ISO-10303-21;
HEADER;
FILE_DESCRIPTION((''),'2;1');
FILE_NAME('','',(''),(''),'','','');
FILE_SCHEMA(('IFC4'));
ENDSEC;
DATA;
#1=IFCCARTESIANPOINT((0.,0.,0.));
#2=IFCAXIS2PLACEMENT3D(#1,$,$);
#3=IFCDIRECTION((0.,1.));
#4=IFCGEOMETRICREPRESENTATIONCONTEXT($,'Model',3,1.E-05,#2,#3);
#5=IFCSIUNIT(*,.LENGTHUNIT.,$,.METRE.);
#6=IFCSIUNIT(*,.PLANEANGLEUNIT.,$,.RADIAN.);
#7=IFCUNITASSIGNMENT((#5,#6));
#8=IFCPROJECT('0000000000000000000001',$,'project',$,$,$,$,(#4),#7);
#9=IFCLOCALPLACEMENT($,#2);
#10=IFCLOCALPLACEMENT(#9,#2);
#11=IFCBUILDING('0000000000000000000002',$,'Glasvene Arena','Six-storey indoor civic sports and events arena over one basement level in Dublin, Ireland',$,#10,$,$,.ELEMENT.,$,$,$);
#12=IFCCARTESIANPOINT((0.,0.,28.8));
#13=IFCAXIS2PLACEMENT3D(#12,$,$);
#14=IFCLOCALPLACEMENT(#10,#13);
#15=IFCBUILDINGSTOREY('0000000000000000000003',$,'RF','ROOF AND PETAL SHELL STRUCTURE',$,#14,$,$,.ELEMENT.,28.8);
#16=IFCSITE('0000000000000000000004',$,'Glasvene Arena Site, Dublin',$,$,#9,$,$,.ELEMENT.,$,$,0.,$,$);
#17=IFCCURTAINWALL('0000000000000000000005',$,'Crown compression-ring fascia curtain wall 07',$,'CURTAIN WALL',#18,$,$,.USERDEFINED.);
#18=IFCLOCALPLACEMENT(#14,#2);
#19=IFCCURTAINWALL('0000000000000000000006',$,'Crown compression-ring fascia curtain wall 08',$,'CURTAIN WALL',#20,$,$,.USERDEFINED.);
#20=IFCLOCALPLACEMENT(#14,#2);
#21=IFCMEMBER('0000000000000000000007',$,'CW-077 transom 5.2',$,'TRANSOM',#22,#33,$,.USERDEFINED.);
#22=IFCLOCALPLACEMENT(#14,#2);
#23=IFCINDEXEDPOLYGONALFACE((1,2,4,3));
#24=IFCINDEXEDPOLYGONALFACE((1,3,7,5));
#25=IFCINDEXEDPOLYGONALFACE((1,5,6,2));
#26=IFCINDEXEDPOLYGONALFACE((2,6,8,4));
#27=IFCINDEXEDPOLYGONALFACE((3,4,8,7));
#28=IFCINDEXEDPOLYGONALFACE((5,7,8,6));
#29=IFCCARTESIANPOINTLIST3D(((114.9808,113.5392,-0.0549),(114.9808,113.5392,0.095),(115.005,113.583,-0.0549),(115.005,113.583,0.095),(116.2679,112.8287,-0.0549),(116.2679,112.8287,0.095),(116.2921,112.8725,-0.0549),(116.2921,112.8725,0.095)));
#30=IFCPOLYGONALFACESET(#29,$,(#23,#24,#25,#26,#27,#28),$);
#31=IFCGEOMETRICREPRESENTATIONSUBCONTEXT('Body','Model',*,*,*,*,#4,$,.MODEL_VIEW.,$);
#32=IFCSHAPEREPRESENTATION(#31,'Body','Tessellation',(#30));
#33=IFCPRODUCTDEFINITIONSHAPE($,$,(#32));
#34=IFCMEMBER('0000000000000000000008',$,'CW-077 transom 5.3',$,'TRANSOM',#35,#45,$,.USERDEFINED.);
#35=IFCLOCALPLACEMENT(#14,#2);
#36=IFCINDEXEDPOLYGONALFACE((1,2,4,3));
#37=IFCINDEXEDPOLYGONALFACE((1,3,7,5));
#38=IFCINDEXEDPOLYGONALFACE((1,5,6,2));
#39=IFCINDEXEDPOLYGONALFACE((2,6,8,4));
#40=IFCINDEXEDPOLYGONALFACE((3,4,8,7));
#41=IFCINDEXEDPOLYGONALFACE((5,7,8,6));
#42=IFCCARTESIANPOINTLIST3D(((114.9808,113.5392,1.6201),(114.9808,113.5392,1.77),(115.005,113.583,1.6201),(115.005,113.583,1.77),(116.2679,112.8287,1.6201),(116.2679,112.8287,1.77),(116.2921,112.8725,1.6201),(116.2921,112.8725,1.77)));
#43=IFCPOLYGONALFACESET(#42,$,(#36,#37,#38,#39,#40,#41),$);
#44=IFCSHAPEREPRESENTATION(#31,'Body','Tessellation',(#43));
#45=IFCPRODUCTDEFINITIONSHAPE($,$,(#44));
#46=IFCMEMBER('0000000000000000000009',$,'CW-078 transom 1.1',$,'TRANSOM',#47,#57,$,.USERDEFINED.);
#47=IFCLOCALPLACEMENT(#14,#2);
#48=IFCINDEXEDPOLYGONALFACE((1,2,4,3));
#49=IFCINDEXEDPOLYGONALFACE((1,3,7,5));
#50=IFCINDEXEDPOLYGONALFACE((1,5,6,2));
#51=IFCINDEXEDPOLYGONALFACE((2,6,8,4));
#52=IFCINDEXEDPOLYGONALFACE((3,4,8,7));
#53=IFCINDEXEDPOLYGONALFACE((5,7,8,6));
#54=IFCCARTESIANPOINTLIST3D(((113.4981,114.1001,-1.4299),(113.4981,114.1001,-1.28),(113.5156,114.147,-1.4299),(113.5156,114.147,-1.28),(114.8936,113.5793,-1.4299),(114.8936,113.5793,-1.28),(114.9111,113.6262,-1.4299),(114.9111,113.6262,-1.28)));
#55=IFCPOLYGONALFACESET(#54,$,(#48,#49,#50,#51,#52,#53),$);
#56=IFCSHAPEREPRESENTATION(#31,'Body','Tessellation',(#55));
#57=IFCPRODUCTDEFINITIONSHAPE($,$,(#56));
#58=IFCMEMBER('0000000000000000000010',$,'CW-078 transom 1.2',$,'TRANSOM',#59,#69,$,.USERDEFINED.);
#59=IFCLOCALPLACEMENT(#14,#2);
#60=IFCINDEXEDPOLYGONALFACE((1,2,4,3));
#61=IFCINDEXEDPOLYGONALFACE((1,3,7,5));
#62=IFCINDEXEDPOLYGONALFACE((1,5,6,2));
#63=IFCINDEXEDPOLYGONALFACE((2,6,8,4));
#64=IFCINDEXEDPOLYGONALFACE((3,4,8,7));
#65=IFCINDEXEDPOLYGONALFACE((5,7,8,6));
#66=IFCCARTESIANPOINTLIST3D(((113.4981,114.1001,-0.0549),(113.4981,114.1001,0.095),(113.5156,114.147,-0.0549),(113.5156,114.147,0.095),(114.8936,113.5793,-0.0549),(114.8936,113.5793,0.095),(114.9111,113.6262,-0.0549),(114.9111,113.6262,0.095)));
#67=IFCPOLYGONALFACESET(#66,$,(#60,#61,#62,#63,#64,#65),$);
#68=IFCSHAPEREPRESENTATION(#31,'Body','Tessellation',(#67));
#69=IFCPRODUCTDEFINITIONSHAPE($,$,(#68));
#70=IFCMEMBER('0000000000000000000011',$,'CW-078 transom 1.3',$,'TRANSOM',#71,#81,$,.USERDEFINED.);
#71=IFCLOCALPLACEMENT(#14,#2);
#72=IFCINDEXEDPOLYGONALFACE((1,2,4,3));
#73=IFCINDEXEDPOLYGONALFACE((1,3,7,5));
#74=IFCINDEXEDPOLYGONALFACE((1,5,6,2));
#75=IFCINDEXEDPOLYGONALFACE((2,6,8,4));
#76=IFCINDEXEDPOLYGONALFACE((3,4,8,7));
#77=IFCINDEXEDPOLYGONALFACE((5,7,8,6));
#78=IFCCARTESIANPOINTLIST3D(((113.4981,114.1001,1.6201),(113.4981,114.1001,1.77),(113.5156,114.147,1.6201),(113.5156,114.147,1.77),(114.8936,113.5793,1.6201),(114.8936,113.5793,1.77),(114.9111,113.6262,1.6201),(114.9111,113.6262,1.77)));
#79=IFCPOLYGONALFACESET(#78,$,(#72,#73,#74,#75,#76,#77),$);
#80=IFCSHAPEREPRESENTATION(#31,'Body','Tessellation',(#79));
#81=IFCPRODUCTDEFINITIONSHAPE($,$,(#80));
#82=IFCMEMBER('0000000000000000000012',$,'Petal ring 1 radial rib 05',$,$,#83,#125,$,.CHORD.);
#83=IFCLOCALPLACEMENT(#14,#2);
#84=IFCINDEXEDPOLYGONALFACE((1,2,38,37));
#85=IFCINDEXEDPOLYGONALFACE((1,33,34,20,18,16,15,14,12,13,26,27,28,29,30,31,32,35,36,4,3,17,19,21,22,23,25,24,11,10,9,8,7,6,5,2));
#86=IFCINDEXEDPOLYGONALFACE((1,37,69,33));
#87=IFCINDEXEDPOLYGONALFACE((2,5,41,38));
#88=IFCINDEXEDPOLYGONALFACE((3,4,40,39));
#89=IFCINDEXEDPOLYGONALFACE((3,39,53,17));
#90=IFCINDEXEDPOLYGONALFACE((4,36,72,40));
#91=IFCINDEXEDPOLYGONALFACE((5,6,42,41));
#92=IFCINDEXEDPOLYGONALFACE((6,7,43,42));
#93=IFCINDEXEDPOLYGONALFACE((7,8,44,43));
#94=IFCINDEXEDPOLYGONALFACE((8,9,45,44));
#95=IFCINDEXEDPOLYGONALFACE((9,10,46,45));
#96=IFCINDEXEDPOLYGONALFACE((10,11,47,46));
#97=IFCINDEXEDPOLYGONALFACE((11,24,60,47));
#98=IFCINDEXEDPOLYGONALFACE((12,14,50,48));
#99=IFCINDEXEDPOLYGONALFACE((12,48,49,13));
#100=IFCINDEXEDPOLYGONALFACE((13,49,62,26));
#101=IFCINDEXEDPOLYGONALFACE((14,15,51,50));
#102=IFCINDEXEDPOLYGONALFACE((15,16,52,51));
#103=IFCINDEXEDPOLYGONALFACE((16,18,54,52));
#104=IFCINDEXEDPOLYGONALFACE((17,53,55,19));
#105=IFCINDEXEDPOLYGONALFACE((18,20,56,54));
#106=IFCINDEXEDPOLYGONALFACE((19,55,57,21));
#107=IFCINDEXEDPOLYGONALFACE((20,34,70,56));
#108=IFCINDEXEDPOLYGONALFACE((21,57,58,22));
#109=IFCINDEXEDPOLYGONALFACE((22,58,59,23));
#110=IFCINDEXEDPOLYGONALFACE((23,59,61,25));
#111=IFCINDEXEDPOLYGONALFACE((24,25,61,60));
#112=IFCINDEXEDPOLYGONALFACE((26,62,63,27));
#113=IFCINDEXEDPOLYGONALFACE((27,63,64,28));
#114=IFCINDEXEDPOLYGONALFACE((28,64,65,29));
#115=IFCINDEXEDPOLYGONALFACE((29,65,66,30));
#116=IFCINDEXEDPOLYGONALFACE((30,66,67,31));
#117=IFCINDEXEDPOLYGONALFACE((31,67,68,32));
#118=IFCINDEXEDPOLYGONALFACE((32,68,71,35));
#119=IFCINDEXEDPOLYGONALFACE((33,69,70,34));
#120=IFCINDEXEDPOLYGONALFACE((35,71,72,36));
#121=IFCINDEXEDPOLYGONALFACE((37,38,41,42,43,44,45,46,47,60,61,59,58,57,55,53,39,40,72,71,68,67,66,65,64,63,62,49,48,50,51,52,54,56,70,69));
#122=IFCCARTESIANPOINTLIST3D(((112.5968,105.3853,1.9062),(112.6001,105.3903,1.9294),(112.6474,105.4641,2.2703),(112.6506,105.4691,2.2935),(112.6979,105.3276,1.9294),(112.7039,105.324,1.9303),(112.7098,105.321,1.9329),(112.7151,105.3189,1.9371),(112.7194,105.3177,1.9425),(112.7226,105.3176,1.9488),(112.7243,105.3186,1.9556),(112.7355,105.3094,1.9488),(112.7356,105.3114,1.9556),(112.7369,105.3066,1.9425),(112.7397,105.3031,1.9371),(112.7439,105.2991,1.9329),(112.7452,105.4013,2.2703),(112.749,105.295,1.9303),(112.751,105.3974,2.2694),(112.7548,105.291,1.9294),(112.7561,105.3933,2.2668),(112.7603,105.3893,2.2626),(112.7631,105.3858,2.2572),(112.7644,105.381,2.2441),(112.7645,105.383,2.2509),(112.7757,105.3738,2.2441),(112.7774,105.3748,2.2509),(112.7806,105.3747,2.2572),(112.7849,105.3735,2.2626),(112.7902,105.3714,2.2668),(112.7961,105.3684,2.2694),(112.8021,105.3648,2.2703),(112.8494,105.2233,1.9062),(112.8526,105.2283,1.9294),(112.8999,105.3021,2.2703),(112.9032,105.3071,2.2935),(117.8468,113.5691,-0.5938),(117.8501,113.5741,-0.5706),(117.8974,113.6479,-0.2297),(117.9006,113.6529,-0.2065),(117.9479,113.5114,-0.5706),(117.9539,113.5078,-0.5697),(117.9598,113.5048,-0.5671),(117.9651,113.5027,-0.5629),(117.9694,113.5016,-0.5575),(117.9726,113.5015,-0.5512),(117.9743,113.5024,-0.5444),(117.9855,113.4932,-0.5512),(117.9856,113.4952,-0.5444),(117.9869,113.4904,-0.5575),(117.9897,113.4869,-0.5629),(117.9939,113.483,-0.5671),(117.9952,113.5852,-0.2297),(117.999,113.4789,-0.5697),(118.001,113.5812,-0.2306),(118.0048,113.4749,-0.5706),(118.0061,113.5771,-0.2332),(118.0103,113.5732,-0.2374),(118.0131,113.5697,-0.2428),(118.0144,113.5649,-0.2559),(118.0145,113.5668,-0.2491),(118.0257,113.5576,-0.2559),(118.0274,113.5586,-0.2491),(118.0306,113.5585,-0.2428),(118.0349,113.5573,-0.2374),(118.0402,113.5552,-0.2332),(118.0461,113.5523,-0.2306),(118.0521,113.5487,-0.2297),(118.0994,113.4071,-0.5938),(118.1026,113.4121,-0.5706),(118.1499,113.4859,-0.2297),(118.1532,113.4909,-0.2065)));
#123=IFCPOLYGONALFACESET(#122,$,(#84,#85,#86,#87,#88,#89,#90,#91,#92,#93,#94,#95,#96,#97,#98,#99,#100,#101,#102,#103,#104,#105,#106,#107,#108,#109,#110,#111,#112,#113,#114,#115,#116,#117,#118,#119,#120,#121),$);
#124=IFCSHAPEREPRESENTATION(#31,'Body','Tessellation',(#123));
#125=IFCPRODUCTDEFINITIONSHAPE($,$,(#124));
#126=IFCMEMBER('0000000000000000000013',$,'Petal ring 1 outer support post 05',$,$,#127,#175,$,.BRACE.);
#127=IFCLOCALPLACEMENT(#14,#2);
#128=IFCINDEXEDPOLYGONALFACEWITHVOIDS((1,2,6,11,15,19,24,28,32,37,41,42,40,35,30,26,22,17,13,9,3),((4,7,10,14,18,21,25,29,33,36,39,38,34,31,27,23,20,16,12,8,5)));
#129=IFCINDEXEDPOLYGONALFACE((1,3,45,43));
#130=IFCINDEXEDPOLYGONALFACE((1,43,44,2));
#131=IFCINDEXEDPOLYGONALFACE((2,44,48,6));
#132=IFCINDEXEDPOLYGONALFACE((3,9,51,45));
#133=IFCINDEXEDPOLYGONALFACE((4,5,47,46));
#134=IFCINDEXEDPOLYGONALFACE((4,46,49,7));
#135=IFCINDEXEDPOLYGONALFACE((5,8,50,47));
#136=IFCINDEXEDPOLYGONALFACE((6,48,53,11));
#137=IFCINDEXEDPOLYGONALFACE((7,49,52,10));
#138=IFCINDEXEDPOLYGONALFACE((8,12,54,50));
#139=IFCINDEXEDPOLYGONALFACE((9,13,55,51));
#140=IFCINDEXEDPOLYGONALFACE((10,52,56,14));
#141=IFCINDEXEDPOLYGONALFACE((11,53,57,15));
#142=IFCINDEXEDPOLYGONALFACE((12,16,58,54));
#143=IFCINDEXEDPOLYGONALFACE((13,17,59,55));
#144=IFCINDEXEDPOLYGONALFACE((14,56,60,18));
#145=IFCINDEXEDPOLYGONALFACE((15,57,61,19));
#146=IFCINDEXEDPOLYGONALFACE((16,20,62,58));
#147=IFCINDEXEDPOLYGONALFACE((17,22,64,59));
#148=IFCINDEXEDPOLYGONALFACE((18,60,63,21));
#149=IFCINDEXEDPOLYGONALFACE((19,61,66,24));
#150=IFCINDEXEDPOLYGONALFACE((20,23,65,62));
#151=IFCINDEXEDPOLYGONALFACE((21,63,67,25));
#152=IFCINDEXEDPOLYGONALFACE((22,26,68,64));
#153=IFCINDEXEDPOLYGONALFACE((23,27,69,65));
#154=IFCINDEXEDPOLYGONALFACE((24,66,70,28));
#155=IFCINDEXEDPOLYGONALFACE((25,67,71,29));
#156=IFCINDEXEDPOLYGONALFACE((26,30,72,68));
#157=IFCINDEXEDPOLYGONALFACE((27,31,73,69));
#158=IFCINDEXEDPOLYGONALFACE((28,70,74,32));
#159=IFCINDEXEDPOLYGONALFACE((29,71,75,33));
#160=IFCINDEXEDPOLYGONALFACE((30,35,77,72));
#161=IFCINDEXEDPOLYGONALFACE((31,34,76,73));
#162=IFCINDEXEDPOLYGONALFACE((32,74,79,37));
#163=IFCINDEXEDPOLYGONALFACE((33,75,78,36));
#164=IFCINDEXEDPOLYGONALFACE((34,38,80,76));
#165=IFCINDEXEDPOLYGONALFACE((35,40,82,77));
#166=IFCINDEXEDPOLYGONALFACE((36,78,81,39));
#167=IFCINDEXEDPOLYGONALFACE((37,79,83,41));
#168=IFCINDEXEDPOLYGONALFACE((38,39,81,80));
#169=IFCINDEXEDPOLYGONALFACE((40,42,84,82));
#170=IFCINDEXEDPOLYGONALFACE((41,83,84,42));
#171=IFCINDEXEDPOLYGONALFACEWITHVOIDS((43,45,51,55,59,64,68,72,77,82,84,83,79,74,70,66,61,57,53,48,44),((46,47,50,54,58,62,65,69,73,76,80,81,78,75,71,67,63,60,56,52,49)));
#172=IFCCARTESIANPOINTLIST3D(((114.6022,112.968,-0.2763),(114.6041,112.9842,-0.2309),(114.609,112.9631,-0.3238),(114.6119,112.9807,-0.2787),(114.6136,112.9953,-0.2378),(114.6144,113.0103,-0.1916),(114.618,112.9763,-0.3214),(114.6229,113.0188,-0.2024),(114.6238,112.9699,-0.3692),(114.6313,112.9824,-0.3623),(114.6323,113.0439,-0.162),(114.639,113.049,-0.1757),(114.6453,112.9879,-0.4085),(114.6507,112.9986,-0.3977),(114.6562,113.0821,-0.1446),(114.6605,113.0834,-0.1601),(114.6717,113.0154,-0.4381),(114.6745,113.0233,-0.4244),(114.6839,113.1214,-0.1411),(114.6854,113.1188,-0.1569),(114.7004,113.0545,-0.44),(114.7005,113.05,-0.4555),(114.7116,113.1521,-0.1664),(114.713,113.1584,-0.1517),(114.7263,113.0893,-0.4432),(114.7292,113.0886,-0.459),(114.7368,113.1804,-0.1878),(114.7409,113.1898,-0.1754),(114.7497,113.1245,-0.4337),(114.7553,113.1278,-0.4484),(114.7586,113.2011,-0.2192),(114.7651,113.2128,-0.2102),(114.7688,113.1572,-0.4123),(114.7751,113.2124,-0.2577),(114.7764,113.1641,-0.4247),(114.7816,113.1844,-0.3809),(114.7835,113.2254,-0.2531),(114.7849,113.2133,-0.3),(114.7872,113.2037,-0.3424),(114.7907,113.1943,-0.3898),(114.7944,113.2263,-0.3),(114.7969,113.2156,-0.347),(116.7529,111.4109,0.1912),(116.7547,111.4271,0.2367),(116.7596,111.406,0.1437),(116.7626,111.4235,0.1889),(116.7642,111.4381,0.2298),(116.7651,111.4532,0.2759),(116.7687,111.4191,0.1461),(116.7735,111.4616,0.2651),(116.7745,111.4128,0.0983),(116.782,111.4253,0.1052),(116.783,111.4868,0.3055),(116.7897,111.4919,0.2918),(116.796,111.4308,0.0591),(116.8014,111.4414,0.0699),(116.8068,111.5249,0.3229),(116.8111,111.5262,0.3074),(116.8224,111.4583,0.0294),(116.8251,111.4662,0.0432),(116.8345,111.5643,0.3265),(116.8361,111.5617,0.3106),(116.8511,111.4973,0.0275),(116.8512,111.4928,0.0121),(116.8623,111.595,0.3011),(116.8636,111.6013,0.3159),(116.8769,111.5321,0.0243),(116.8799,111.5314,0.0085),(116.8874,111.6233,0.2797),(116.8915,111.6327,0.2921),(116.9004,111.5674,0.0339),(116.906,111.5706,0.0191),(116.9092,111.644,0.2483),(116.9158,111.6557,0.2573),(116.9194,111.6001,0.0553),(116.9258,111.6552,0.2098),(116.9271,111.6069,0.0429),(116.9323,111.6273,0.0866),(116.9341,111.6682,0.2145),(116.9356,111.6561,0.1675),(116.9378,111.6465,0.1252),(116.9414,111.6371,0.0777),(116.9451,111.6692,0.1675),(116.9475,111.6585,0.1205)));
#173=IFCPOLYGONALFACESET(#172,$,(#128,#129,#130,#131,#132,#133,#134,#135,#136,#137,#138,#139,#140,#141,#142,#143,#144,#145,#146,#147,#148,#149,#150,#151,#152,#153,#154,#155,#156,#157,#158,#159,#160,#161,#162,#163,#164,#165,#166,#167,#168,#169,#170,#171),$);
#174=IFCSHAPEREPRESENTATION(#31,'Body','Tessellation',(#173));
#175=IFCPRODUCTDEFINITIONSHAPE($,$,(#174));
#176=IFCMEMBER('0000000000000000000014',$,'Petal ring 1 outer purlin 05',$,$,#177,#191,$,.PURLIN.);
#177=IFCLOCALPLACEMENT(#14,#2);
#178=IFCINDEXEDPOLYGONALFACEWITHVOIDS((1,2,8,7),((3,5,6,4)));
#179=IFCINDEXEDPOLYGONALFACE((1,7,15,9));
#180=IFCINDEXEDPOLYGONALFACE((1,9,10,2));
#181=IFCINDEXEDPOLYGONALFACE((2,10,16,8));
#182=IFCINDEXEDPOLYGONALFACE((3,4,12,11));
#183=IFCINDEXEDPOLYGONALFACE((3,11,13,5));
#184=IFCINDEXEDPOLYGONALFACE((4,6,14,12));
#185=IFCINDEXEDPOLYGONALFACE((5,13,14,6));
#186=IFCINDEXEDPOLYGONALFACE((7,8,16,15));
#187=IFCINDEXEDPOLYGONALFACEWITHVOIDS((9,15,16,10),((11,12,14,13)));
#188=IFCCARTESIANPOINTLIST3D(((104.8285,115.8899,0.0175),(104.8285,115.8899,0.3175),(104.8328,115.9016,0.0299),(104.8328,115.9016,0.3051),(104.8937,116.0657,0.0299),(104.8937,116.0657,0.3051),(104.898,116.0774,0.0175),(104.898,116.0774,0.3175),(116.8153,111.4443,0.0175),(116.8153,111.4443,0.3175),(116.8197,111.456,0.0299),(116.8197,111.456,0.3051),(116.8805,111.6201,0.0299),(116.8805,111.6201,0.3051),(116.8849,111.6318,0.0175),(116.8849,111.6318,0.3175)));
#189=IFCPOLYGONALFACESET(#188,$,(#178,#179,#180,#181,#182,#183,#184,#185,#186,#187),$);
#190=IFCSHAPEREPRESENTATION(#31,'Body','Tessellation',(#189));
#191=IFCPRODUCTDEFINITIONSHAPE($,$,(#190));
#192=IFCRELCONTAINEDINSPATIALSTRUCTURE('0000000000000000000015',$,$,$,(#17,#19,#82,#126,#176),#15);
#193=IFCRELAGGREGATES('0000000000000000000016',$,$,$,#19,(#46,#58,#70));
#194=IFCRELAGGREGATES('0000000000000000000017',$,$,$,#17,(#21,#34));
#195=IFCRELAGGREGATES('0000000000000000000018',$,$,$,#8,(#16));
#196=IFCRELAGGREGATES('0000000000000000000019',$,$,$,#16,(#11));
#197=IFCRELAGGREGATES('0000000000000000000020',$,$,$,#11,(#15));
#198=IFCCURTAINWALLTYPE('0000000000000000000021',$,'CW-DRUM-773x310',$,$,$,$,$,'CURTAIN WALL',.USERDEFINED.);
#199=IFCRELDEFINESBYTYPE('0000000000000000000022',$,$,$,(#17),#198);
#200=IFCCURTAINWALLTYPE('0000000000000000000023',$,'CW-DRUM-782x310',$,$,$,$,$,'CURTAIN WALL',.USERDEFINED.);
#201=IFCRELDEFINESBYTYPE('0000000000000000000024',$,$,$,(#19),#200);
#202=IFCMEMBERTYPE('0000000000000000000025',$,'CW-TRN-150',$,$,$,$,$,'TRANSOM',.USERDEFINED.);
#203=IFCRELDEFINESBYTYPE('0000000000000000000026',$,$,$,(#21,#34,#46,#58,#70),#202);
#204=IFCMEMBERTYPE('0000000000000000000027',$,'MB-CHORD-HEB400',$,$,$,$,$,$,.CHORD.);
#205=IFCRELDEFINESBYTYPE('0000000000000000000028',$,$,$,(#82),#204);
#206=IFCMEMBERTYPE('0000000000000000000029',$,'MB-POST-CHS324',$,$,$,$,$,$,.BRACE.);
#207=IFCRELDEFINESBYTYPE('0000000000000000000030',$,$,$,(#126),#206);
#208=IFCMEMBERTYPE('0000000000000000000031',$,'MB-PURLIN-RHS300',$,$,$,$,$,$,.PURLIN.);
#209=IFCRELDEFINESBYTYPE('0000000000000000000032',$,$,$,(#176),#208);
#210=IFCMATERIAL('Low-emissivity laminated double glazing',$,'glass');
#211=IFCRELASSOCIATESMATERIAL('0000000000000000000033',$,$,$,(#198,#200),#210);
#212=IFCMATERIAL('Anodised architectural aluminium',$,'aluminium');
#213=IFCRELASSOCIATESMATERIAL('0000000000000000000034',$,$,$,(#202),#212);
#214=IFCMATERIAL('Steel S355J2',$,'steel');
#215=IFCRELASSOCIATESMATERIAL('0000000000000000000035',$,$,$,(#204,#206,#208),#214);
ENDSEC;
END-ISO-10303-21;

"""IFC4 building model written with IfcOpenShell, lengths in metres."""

from ifc_helpers import new_model, si_unit, direction, frame, origin, origin_2d, place, context, subcontext, project, spatial, rectangle, hollow_rectangle, hollow_circle, i_section, extrude, material, material_profile, profile_set, type_object, element, aggregate, save


model = new_model("IFC4")

# Units and contexts
model_context = context("Model", 3, precision=1e-05, world=origin(), true_north=direction((0.0, 1.0)))
body_context = subcontext(model_context, "Body", "Model", "MODEL_VIEW")
ifc_project = project(units=[si_unit("LENGTHUNIT", "METRE"), si_unit("PLANEANGLEUNIT", "RADIAN")], contexts=[model_context])

# Site, building, storey
site_placement = place(None, origin())
site = spatial("IfcSite", under=ifc_project, at=site_placement, Name="Glasvene Arena Site, Dublin", CompositionType="ELEMENT", RefElevation=0.0)
building_placement = place(site_placement, origin())
building = spatial("IfcBuilding", under=site, at=building_placement, Name="Glasvene Arena", Description="Six-storey indoor civic sports and events arena over one basement level in Dublin, Ireland", CompositionType="ELEMENT")
storey_placement = place(building_placement, frame((0.0, 0.0, 28.8)))
storey = spatial("IfcBuildingStorey", under=building, at=storey_placement, Name="RF", Description="ROOF AND PETAL SHELL STRUCTURE", CompositionType="ELEMENT", Elevation=28.8)

# Shared definitions
ifc_material_1 = material(Name="Steel S355J2", Category="steel")

# Curtain wall
ifc_material_2 = material(Name="Low-emissivity laminated double glazing", Category="glass")
curtain_wall_type_1 = type_object("IfcCurtainWallType", Name="CW-DRUM-773x310", ElementType="CURTAIN WALL", PredefinedType="USERDEFINED", material=ifc_material_2)
curtain_wall_1_placement = place(storey_placement, frame((121.7124, 109.8506, 0.0)))
curtain_wall_1 = element("IfcCurtainWall", 1, at=curtain_wall_1_placement, inside=storey, type_object=curtain_wall_type_1, Name="Crown compression-ring fascia curtain wall 07", ObjectType="CURTAIN WALL", PredefinedType="USERDEFINED")
ifc_material_3 = material(Name="Anodised architectural aluminium", Category="aluminium")

# Curtain wall
curtain_wall_type_2 = type_object("IfcCurtainWallType", Name="CW-DRUM-782x310", ElementType="CURTAIN WALL", PredefinedType="USERDEFINED", material=ifc_material_2)
curtain_wall_2_placement = place(storey_placement, frame((114.9492, 113.5852, 0.0)))
curtain_wall_2 = element("IfcCurtainWall", 2, at=curtain_wall_2_placement, inside=storey, type_object=curtain_wall_type_2, Name="Crown compression-ring fascia curtain wall 08", ObjectType="CURTAIN WALL", PredefinedType="USERDEFINED")

# Members
ifc_material_profile_1 = material_profile(ifc_material_3, rectangle(XDim=0.05, YDim=0.1499, at=origin_2d()), Name="ALU TRANSOM 50x150")
ifc_profile_set_1 = profile_set([ifc_material_profile_1], Name="Anodised architectural aluminium")
member_type_1 = type_object("IfcMemberType", Name="CW-TRN-150", ElementType="TRANSOM", PredefinedType="USERDEFINED", material=ifc_profile_set_1)
member_1_placement = place(storey_placement, frame((116.28, 112.8506, 0.02), z_axis=(-0.875486, 0.483244, 0.0), x_axis=(-0.483244, -0.875486, 0.0)))
member_1 = element("IfcMember", 3, at=member_1_placement, type_object=member_type_1, Name="CW-077 transom 5.2", ObjectType="TRANSOM", PredefinedType="USERDEFINED", context=body_context, shape_type="SweptSolid", body=[
    extrude(rectangle(XDim=0.05, YDim=0.1499, at=origin_2d()), origin(), (0.0, 0.0, 1.0), 1.4702),
])
member_2_placement = place(storey_placement, frame((116.28, 112.8506, 1.6951), z_axis=(-0.875486, 0.483244, 0.0), x_axis=(-0.483244, -0.875486, 0.0)))
member_2 = element("IfcMember", 4, at=member_2_placement, type_object=member_type_1, Name="CW-077 transom 5.3", ObjectType="TRANSOM", PredefinedType="USERDEFINED", context=body_context, shape_type="SweptSolid", body=[
    extrude(rectangle(XDim=0.05, YDim=0.1499, at=origin_2d()), origin(), (0.0, 0.0, 1.0), 1.4702),
])
member_3_placement = place(storey_placement, frame((114.9023, 113.6028, -1.355), z_axis=(-0.936894, 0.349614, 0.0), x_axis=(-0.349614, -0.936894, 0.0)))
member_3 = element("IfcMember", 5, at=member_3_placement, type_object=member_type_1, Name="CW-078 transom 1.1", ObjectType="TRANSOM", PredefinedType="USERDEFINED", context=body_context, shape_type="SweptSolid", body=[
    extrude(rectangle(XDim=0.05, YDim=0.1499, at=origin_2d()), origin(), (0.0, 0.0, 1.0), 1.4895),
])
member_4_placement = place(storey_placement, frame((114.9023, 113.6028, 0.02), z_axis=(-0.936894, 0.349614, 0.0), x_axis=(-0.349614, -0.936894, 0.0)))
member_4 = element("IfcMember", 6, at=member_4_placement, type_object=member_type_1, Name="CW-078 transom 1.2", ObjectType="TRANSOM", PredefinedType="USERDEFINED", context=body_context, shape_type="SweptSolid", body=[
    extrude(rectangle(XDim=0.05, YDim=0.1499, at=origin_2d()), origin(), (0.0, 0.0, 1.0), 1.4895),
])
member_5_placement = place(storey_placement, frame((114.9023, 113.6028, 1.6951), z_axis=(-0.936894, 0.349614, 0.0), x_axis=(-0.349614, -0.936894, 0.0)))
member_5 = element("IfcMember", 7, at=member_5_placement, type_object=member_type_1, Name="CW-078 transom 1.3", ObjectType="TRANSOM", PredefinedType="USERDEFINED", context=body_context, shape_type="SweptSolid", body=[
    extrude(rectangle(XDim=0.05, YDim=0.1499, at=origin_2d()), origin(), (0.0, 0.0, 1.0), 1.4895),
])
aggregate(curtain_wall_2, [member_3, member_4, member_5])

# Members
ifc_material_profile_2 = material_profile(ifc_material_1, i_section(OverallWidth=0.3, OverallDepth=0.3999, WebThickness=0.0134, FlangeThickness=0.0239, FilletRadius=0.0271, at=origin_2d()), Name="HEB 400")
ifc_profile_set_2 = profile_set([ifc_material_profile_2], Name="Steel S355J2")
member_type_2 = type_object("IfcMemberType", Name="MB-CHORD-HEB400", PredefinedType="CHORD", material=ifc_profile_set_2)
member_6_placement = place(storey_placement, frame((118.0, 113.53, -0.4001), z_axis=(-0.522944, -0.815179, 0.249021), x_axis=(0.841695, -0.539954, 0.0)))
element("IfcMember", 8, at=member_6_placement, inside=storey, type_object=member_type_2, Name="Petal ring 1 radial rib 05", PredefinedType="CHORD", context=body_context, shape_type="SweptSolid", body=[
    extrude(i_section(OverallWidth=0.3, OverallDepth=0.3999, WebThickness=0.0134, FlangeThickness=0.0239, FilletRadius=0.0271, at=origin_2d()), origin(), (0.0, 0.0, 1.0), 10.0393),
])
ifc_material_profile_3 = material_profile(ifc_material_1, hollow_circle(Radius=0.1619, WallThickness=0.0161, at=origin_2d()), Name="CHS 323.9x16.0")
ifc_profile_set_3 = profile_set([ifc_material_profile_3], Name="Steel S355J2")
member_type_3 = type_object("IfcMemberType", Name="MB-POST-CHS324", PredefinedType="BRACE", material=ifc_profile_set_3)
member_7_placement = place(storey_placement, frame((114.6995, 113.0952, -0.3), z_axis=(0.797711, -0.577568, 0.173415), x_axis=(0.586454, 0.809983, 0.0)))
element("IfcMember", 9, at=member_7_placement, inside=storey, type_object=member_type_3, Name="Petal ring 1 outer support post 05", PredefinedType="BRACE", context=body_context, shape_type="SweptSolid", body=[
    extrude(hollow_circle(Radius=0.1619, WallThickness=0.0161, at=origin_2d()), origin(), (0.0, 0.0, 1.0), 2.696),
])
ifc_material_profile_4 = material_profile(ifc_material_1, hollow_rectangle(XDim=0.2, YDim=0.3, WallThickness=0.0125, at=origin_2d()), Name="RHS 300x200x12.5")
ifc_profile_set_4 = profile_set([ifc_material_profile_4], Name="Steel S355J2")
member_type_4 = type_object("IfcMemberType", Name="MB-PURLIN-RHS300", PredefinedType="PURLIN", material=ifc_profile_set_4)
member_8_placement = place(storey_placement, frame((116.8501, 111.5381, 0.1675), z_axis=(-0.937596, 0.347727, 0.0), x_axis=(-0.347727, -0.937596, 0.0)))
element("IfcMember", 10, at=member_8_placement, inside=storey, type_object=member_type_4, Name="Petal ring 1 outer purlin 05", PredefinedType="PURLIN", context=body_context, shape_type="SweptSolid", body=[
    extrude(hollow_rectangle(XDim=0.2, YDim=0.3, WallThickness=0.0125, at=origin_2d()), origin(), (0.0, 0.0, 1.0), 12.7847),
])

aggregate(curtain_wall_1, [member_1, member_2])

save(model, "model.ifc")
